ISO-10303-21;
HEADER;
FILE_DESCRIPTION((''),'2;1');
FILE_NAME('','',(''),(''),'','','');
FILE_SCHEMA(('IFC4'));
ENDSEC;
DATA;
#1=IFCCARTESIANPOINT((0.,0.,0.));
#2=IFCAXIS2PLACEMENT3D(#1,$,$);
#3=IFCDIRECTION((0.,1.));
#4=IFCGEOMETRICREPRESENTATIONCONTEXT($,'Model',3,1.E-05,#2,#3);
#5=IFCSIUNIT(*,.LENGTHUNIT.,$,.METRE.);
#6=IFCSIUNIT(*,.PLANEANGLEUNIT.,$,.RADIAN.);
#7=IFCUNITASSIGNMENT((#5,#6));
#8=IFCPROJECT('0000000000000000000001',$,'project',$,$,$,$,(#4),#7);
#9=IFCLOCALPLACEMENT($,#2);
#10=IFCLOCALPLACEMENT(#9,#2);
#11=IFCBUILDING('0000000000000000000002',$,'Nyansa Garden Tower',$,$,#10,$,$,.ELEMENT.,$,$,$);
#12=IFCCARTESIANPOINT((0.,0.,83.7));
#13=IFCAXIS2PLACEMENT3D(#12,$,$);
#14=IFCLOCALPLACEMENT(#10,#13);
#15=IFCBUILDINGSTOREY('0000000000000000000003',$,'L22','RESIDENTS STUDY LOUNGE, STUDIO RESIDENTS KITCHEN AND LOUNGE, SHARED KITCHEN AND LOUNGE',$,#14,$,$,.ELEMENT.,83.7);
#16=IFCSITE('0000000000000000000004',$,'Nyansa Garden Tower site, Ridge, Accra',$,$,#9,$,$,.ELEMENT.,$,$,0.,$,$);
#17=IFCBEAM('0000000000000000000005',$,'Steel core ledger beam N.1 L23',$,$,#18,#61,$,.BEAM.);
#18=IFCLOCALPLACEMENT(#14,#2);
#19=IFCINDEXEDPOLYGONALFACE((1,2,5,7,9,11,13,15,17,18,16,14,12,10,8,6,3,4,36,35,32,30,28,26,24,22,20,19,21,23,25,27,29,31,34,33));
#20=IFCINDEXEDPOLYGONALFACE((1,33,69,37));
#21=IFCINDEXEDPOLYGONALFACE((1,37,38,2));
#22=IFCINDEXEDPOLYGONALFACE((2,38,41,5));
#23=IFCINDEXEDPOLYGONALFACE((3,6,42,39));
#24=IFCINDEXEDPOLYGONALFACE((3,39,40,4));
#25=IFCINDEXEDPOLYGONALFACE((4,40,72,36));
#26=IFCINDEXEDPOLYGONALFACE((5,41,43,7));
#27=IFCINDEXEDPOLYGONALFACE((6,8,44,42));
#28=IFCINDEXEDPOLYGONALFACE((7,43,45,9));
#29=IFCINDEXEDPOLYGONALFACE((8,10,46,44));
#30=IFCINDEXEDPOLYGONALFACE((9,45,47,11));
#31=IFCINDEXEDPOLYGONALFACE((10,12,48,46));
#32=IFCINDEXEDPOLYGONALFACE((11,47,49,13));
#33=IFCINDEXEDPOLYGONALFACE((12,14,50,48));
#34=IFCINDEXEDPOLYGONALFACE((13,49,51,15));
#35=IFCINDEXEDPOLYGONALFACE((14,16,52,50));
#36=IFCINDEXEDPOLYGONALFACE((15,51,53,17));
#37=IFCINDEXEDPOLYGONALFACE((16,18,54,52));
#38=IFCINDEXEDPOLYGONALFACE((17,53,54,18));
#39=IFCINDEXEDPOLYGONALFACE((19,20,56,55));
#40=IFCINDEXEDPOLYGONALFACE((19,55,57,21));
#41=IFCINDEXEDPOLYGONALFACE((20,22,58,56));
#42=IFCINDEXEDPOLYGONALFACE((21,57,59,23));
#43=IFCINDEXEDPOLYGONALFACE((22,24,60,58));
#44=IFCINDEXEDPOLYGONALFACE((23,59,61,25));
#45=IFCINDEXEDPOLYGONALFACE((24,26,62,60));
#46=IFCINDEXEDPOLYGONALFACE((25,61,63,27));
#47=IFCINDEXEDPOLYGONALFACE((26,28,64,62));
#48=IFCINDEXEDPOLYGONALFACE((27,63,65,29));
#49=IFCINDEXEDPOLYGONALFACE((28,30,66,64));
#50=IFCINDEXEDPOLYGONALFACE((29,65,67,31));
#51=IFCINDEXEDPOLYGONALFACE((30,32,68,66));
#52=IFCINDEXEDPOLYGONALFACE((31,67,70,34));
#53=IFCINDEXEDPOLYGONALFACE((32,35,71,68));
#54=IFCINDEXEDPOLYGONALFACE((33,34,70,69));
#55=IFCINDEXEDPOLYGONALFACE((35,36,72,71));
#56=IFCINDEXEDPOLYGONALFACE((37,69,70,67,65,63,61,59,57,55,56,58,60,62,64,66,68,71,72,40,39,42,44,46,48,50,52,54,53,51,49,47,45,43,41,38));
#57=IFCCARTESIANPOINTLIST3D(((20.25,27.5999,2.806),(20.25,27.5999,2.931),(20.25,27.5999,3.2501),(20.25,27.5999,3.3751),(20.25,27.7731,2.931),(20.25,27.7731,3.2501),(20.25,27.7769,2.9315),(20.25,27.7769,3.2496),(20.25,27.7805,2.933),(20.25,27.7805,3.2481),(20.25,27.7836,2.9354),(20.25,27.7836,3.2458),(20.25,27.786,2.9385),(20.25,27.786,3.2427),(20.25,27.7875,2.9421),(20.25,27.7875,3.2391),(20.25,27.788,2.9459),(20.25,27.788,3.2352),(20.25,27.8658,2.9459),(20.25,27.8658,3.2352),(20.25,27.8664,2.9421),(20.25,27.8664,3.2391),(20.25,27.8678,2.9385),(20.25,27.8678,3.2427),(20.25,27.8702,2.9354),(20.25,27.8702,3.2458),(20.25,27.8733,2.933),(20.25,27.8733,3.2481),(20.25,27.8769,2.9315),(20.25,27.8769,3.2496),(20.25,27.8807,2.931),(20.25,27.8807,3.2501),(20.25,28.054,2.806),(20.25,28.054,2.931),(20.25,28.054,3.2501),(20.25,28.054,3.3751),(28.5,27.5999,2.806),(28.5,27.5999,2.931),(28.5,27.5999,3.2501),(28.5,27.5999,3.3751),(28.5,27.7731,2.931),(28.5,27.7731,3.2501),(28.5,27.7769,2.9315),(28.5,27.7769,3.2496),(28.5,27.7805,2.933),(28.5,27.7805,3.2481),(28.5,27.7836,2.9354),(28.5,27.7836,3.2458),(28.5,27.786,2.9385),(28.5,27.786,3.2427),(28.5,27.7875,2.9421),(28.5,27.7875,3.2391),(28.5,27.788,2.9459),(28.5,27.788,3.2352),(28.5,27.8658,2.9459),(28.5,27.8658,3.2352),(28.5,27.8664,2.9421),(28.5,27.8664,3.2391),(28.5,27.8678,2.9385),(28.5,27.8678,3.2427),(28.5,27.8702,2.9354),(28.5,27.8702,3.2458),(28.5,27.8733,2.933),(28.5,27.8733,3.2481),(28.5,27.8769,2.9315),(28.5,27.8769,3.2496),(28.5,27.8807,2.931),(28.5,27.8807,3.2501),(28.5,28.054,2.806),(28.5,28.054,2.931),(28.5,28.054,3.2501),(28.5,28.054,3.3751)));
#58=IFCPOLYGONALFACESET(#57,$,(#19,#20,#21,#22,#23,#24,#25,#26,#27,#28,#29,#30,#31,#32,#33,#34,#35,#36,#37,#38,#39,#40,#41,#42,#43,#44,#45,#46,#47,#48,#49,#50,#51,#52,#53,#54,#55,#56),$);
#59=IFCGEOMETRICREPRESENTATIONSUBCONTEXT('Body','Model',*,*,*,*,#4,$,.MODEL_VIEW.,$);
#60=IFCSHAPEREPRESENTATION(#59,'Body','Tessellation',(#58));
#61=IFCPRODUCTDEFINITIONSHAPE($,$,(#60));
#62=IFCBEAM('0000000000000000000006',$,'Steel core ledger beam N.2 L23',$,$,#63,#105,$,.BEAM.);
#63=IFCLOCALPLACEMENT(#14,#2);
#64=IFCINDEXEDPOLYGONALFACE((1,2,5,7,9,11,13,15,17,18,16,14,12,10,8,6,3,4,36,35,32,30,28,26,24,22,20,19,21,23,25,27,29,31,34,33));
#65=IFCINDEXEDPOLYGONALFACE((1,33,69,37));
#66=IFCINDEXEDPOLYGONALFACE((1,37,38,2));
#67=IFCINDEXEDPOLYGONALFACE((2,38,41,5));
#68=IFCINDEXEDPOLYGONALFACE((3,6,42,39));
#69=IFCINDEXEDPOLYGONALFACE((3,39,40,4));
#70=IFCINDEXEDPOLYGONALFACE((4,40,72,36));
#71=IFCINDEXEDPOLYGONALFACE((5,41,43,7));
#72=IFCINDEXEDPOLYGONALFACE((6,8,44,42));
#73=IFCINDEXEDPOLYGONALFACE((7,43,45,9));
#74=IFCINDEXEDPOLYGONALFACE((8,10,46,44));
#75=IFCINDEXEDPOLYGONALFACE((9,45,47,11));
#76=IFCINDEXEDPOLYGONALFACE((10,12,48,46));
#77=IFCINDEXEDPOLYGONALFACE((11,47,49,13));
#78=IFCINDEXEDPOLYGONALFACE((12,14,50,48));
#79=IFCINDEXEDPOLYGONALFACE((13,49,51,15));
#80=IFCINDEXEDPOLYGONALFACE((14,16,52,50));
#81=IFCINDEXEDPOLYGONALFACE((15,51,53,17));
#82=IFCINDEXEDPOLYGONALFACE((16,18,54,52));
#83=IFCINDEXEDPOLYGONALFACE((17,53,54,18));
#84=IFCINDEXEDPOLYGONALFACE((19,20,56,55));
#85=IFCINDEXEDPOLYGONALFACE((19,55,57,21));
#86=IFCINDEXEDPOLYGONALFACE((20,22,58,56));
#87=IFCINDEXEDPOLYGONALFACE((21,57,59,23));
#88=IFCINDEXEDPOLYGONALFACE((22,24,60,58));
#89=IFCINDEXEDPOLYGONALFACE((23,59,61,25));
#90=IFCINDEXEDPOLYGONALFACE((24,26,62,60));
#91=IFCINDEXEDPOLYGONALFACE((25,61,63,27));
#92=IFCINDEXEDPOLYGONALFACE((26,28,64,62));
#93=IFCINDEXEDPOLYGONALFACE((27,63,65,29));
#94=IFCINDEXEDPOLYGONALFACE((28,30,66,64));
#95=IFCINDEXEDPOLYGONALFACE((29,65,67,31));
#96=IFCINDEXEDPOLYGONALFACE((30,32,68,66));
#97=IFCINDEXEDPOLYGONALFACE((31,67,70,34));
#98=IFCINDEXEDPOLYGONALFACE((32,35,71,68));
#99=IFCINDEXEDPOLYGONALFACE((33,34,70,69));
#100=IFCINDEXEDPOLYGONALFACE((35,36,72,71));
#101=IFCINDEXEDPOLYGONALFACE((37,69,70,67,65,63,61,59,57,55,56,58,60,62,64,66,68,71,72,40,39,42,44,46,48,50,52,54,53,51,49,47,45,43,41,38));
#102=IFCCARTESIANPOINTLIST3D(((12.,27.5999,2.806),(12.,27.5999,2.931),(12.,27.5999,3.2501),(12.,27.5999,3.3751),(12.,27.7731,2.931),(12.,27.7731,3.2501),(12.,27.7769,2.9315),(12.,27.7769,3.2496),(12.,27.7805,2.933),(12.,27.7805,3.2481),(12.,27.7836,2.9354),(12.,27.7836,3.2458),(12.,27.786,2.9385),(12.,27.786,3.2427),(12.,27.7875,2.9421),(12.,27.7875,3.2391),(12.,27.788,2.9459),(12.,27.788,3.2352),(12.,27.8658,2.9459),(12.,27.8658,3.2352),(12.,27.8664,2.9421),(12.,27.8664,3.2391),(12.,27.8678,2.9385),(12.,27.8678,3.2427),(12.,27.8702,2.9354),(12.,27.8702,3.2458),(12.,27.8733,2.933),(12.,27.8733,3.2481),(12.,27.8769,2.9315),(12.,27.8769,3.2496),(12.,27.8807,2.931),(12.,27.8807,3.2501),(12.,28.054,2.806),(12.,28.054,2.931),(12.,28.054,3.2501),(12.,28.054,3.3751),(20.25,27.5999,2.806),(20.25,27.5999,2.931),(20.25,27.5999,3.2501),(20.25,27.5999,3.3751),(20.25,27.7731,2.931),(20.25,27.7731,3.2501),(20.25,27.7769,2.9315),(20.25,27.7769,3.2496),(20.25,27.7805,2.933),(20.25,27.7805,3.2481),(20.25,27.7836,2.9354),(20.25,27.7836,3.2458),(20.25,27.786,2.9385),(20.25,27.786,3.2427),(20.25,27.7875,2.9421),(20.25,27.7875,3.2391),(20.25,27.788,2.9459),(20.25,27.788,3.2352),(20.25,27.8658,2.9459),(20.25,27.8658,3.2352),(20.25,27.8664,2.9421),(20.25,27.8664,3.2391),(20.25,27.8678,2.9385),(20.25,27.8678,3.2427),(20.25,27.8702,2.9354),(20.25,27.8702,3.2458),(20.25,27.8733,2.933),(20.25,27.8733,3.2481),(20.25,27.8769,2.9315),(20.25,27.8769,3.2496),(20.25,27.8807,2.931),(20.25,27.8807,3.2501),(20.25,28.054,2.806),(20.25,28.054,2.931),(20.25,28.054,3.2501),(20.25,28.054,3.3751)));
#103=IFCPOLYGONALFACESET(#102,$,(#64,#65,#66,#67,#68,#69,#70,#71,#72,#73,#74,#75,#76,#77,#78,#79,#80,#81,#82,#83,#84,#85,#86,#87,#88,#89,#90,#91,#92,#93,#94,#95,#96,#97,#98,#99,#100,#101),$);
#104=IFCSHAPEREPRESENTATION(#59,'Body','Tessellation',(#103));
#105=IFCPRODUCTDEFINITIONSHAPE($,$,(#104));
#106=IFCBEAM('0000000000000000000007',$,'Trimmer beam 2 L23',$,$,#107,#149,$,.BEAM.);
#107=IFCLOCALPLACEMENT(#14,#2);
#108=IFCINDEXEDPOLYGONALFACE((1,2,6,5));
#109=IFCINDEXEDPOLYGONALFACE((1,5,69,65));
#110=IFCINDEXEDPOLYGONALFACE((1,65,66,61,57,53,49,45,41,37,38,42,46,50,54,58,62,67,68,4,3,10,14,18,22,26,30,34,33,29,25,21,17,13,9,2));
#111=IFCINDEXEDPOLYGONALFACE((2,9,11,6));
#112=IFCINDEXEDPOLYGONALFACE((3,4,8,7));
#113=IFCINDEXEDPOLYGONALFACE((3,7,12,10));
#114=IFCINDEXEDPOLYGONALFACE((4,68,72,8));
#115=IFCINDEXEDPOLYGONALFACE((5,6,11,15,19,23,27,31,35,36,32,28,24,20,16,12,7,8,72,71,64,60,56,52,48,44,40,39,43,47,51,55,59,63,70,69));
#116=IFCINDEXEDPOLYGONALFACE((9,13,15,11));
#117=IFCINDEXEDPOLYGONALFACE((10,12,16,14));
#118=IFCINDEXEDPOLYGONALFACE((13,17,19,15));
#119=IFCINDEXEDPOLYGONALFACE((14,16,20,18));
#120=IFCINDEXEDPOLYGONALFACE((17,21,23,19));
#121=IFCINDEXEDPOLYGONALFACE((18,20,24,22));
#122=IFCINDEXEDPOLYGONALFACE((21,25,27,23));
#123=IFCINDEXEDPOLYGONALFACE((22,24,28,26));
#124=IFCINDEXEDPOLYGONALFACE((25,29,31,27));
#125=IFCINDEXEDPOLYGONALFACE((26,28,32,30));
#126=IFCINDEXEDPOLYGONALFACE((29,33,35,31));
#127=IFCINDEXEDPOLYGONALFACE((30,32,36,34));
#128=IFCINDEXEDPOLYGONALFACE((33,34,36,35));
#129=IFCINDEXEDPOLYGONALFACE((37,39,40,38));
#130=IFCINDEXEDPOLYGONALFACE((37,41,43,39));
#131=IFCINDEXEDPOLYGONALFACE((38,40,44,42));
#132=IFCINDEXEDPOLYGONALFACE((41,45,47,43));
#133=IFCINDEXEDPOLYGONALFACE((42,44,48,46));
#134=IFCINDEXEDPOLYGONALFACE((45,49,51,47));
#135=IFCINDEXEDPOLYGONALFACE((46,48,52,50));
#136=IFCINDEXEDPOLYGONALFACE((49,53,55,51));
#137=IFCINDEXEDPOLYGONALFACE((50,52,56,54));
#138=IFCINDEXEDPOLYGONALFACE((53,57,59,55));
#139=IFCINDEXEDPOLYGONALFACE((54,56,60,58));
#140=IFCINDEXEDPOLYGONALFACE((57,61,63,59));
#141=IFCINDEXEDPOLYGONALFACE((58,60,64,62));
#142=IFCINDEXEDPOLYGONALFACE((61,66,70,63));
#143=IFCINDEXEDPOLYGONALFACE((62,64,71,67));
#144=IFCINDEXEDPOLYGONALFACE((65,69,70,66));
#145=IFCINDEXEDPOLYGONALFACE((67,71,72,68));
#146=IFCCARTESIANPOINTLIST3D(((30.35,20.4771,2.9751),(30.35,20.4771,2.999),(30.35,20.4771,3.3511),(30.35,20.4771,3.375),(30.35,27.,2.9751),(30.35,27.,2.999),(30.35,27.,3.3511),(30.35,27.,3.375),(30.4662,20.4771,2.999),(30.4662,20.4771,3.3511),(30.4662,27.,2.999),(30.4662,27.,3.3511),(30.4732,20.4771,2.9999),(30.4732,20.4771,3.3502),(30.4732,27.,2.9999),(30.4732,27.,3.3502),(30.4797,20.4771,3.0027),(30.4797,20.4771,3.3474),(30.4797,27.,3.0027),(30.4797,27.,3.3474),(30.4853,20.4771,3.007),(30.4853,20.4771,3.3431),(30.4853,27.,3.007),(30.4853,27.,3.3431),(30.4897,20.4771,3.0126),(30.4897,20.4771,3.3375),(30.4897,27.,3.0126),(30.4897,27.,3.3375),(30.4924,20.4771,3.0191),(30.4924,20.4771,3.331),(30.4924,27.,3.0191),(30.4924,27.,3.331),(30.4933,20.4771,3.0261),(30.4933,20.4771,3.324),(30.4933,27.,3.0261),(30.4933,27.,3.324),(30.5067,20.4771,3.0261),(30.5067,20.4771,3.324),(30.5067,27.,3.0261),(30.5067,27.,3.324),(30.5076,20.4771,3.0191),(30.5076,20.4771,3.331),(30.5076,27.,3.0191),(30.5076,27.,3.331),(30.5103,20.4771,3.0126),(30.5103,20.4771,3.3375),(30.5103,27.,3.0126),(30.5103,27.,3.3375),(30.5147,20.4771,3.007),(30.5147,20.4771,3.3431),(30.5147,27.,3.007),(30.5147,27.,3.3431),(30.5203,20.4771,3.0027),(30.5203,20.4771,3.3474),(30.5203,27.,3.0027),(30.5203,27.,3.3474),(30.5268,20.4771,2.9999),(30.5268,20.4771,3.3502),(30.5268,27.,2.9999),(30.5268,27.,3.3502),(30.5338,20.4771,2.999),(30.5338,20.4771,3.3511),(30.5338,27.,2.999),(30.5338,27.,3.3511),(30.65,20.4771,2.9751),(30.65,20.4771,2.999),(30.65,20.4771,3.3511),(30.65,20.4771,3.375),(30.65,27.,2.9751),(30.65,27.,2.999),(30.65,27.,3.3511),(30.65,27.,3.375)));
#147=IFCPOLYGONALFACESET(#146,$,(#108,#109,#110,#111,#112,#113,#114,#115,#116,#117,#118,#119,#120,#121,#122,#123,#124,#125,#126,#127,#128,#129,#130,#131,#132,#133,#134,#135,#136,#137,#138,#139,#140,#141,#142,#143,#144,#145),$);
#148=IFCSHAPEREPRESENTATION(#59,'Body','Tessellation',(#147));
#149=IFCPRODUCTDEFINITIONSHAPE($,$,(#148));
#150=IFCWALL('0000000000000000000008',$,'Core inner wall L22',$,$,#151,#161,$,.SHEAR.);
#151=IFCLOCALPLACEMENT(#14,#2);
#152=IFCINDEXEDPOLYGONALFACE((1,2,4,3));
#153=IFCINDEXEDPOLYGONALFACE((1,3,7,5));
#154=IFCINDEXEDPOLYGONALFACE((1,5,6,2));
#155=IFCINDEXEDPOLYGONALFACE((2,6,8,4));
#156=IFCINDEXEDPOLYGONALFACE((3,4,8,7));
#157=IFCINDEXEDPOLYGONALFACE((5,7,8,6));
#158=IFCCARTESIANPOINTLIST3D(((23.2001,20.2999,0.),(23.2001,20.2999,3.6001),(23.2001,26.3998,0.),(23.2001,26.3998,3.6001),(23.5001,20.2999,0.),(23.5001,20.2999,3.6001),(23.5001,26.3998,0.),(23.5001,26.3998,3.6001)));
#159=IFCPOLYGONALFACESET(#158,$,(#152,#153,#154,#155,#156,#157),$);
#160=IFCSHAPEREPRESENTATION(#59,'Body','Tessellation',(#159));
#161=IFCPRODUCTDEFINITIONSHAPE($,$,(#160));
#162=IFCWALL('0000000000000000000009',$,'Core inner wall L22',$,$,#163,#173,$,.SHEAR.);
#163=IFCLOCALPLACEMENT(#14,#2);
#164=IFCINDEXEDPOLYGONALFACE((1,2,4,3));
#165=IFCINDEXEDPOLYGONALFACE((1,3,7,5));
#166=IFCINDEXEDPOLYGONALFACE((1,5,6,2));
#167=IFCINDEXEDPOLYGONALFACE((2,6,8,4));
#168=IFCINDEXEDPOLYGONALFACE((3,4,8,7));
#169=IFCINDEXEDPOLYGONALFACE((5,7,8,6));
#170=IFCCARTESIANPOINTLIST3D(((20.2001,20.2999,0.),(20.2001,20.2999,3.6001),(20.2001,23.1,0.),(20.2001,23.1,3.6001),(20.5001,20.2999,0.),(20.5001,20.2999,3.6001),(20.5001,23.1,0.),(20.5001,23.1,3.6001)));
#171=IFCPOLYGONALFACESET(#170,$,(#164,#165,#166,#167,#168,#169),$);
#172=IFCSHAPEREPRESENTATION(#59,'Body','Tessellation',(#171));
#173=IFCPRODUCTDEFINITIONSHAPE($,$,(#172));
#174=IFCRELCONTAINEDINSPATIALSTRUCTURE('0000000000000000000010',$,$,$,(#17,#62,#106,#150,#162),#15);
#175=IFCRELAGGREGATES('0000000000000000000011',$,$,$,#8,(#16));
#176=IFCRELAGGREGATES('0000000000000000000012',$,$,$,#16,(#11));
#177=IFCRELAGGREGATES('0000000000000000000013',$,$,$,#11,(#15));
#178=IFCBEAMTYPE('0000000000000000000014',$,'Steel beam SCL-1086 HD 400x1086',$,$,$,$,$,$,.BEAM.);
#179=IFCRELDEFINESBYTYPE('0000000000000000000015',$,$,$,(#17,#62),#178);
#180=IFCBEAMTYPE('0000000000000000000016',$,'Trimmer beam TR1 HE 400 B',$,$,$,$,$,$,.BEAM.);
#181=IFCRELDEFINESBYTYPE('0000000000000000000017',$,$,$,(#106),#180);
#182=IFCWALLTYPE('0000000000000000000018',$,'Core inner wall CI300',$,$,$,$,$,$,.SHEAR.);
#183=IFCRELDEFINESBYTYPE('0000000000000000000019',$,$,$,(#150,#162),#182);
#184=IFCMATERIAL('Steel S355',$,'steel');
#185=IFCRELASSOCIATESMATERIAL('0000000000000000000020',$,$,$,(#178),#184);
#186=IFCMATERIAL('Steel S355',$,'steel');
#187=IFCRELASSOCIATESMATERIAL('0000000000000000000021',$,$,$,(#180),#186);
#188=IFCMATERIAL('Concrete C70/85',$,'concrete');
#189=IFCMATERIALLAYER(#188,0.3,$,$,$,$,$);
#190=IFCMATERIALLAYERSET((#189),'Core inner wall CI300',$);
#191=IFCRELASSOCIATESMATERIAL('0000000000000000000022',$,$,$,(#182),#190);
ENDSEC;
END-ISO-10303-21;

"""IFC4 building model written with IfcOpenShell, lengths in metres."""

from ifc_helpers import new_model, si_unit, direction, frame, frame_2d, origin, origin_2d, place, context, subcontext, project, spatial, rectangle, i_section, extrude, material, layer, layer_set, material_profile, profile_set, type_object, element, save


model = new_model("IFC4")

# Units and contexts
model_context = context("Model", 3, precision=1e-05, world=origin(), true_north=direction((0.0, 1.0)))
body_context = subcontext(model_context, "Body", "Model", "MODEL_VIEW")
ifc_project = project(units=[si_unit("LENGTHUNIT", "METRE"), si_unit("PLANEANGLEUNIT", "RADIAN")], contexts=[model_context])

# Site, building, storey
site_placement = place(None, origin())
site = spatial("IfcSite", under=ifc_project, at=site_placement, Name="Nyansa Garden Tower site, Ridge, Accra", CompositionType="ELEMENT", RefElevation=0.0)
building_placement = place(site_placement, origin())
building = spatial("IfcBuilding", under=site, at=building_placement, Name="Nyansa Garden Tower", CompositionType="ELEMENT")
storey_placement = place(building_placement, frame((0.0, 0.0, 83.7)))
storey = spatial("IfcBuildingStorey", under=building, at=storey_placement, Name="L22", Description="RESIDENTS STUDY LOUNGE, STUDIO RESIDENTS KITCHEN AND LOUNGE, SHARED KITCHEN AND LOUNGE", CompositionType="ELEMENT", Elevation=83.7)

# Beams
ifc_material_1 = material(Name="Steel S355", Category="steel")
ifc_material_profile_1 = material_profile(ifc_material_1, i_section(OverallWidth=0.4541, OverallDepth=0.5691, WebThickness=0.0779, FlangeThickness=0.125, FilletRadius=0.0149, at=origin_2d()), Name="HD 400x1086")
ifc_profile_set_1 = profile_set([ifc_material_profile_1], Name="Steel S355")
beam_type_1 = type_object("IfcBeamType", Name="Steel beam SCL-1086 HD 400x1086", PredefinedType="BEAM", material=ifc_profile_set_1)
for number, where, z_axis, x_axis, name in (
    (1, (28.5, 27.8269, 3.0906), (-1.0, 0.0, 0.0), (0.0, -1.0, 0.0), "Steel core ledger beam N.1 L23"),
    (2, (20.25, 27.8269, 3.0906), (-1.0, 0.0, 0.0), (0.0, -1.0, 0.0), "Steel core ledger beam N.2 L23"),
):
    element("IfcBeam", number, at=place(storey_placement, frame(where, z_axis=z_axis, x_axis=x_axis)), inside=storey, type_object=beam_type_1, Name=name, PredefinedType="BEAM", context=body_context, shape_type="SweptSolid", body=[
        extrude(i_section(OverallWidth=0.4541, OverallDepth=0.5691, WebThickness=0.0779, FlangeThickness=0.125, FilletRadius=0.0149, at=origin_2d()), origin(), (0.0, 0.0, 1.0), 8.25),
    ])
ifc_material_2 = material(Name="Steel S355", Category="steel")
ifc_material_profile_2 = material_profile(ifc_material_2, i_section(OverallWidth=0.3, OverallDepth=0.3999, WebThickness=0.0134, FlangeThickness=0.0239, FilletRadius=0.0271, at=origin_2d()), Name="HE 400 B")
ifc_profile_set_2 = profile_set([ifc_material_profile_2], Name="Steel S355")
beam_type_2 = type_object("IfcBeamType", Name="Trimmer beam TR1 HE 400 B", PredefinedType="BEAM", material=ifc_profile_set_2)
beam_1_placement = place(storey_placement, frame((30.5, 20.4771, 3.175), z_axis=(0.0, 1.0, 0.0), x_axis=(-1.0, 0.0, 0.0)))
element("IfcBeam", 3, at=beam_1_placement, inside=storey, type_object=beam_type_2, Name="Trimmer beam 2 L23", PredefinedType="BEAM", context=body_context, shape_type="SweptSolid", body=[
    extrude(i_section(OverallWidth=0.3, OverallDepth=0.3999, WebThickness=0.0134, FlangeThickness=0.0239, FilletRadius=0.0271, at=origin_2d()), origin(), (0.0, 0.0, 1.0), 6.5229),
])

# Walls
ifc_material_3 = material(Name="Concrete C70/85", Category="concrete")
ifc_layer_1 = layer(ifc_material_3, 0.3)
ifc_layer_set_1 = layer_set([ifc_layer_1], Name="Core inner wall CI300")
wall_type_1 = type_object("IfcWallType", Name="Core inner wall CI300", PredefinedType="SHEAR", material=ifc_layer_set_1)
wall_1_placement = place(storey_placement, frame((23.3501, 20.3, 0.0), z_axis=(0.0, 0.0, 1.0), x_axis=(0.0, 1.0, 0.0)))
element("IfcWall", 4, at=wall_1_placement, inside=storey, type_object=wall_type_1, Name="Core inner wall L22", PredefinedType="SHEAR", context=body_context, shape_type="SweptSolid", body=[
    extrude(rectangle(XDim=6.0999, YDim=0.3, at=frame_2d((3.0498, 0.0))), origin(), (0.0, 0.0, 1.0), 3.6001),
])
wall_2_placement = place(storey_placement, frame((20.3501, 20.3, 0.0), z_axis=(0.0, 0.0, 1.0), x_axis=(0.0, 1.0, 0.0)))
element("IfcWall", 5, at=wall_2_placement, inside=storey, type_object=wall_type_1, Name="Core inner wall L22", PredefinedType="SHEAR", context=body_context, shape_type="SweptSolid", body=[
    extrude(rectangle(XDim=2.8, YDim=0.3, at=frame_2d((1.3999, 0.0))), origin(), (0.0, 0.0, 1.0), 3.6001),
])

save(model, "model.ifc")
